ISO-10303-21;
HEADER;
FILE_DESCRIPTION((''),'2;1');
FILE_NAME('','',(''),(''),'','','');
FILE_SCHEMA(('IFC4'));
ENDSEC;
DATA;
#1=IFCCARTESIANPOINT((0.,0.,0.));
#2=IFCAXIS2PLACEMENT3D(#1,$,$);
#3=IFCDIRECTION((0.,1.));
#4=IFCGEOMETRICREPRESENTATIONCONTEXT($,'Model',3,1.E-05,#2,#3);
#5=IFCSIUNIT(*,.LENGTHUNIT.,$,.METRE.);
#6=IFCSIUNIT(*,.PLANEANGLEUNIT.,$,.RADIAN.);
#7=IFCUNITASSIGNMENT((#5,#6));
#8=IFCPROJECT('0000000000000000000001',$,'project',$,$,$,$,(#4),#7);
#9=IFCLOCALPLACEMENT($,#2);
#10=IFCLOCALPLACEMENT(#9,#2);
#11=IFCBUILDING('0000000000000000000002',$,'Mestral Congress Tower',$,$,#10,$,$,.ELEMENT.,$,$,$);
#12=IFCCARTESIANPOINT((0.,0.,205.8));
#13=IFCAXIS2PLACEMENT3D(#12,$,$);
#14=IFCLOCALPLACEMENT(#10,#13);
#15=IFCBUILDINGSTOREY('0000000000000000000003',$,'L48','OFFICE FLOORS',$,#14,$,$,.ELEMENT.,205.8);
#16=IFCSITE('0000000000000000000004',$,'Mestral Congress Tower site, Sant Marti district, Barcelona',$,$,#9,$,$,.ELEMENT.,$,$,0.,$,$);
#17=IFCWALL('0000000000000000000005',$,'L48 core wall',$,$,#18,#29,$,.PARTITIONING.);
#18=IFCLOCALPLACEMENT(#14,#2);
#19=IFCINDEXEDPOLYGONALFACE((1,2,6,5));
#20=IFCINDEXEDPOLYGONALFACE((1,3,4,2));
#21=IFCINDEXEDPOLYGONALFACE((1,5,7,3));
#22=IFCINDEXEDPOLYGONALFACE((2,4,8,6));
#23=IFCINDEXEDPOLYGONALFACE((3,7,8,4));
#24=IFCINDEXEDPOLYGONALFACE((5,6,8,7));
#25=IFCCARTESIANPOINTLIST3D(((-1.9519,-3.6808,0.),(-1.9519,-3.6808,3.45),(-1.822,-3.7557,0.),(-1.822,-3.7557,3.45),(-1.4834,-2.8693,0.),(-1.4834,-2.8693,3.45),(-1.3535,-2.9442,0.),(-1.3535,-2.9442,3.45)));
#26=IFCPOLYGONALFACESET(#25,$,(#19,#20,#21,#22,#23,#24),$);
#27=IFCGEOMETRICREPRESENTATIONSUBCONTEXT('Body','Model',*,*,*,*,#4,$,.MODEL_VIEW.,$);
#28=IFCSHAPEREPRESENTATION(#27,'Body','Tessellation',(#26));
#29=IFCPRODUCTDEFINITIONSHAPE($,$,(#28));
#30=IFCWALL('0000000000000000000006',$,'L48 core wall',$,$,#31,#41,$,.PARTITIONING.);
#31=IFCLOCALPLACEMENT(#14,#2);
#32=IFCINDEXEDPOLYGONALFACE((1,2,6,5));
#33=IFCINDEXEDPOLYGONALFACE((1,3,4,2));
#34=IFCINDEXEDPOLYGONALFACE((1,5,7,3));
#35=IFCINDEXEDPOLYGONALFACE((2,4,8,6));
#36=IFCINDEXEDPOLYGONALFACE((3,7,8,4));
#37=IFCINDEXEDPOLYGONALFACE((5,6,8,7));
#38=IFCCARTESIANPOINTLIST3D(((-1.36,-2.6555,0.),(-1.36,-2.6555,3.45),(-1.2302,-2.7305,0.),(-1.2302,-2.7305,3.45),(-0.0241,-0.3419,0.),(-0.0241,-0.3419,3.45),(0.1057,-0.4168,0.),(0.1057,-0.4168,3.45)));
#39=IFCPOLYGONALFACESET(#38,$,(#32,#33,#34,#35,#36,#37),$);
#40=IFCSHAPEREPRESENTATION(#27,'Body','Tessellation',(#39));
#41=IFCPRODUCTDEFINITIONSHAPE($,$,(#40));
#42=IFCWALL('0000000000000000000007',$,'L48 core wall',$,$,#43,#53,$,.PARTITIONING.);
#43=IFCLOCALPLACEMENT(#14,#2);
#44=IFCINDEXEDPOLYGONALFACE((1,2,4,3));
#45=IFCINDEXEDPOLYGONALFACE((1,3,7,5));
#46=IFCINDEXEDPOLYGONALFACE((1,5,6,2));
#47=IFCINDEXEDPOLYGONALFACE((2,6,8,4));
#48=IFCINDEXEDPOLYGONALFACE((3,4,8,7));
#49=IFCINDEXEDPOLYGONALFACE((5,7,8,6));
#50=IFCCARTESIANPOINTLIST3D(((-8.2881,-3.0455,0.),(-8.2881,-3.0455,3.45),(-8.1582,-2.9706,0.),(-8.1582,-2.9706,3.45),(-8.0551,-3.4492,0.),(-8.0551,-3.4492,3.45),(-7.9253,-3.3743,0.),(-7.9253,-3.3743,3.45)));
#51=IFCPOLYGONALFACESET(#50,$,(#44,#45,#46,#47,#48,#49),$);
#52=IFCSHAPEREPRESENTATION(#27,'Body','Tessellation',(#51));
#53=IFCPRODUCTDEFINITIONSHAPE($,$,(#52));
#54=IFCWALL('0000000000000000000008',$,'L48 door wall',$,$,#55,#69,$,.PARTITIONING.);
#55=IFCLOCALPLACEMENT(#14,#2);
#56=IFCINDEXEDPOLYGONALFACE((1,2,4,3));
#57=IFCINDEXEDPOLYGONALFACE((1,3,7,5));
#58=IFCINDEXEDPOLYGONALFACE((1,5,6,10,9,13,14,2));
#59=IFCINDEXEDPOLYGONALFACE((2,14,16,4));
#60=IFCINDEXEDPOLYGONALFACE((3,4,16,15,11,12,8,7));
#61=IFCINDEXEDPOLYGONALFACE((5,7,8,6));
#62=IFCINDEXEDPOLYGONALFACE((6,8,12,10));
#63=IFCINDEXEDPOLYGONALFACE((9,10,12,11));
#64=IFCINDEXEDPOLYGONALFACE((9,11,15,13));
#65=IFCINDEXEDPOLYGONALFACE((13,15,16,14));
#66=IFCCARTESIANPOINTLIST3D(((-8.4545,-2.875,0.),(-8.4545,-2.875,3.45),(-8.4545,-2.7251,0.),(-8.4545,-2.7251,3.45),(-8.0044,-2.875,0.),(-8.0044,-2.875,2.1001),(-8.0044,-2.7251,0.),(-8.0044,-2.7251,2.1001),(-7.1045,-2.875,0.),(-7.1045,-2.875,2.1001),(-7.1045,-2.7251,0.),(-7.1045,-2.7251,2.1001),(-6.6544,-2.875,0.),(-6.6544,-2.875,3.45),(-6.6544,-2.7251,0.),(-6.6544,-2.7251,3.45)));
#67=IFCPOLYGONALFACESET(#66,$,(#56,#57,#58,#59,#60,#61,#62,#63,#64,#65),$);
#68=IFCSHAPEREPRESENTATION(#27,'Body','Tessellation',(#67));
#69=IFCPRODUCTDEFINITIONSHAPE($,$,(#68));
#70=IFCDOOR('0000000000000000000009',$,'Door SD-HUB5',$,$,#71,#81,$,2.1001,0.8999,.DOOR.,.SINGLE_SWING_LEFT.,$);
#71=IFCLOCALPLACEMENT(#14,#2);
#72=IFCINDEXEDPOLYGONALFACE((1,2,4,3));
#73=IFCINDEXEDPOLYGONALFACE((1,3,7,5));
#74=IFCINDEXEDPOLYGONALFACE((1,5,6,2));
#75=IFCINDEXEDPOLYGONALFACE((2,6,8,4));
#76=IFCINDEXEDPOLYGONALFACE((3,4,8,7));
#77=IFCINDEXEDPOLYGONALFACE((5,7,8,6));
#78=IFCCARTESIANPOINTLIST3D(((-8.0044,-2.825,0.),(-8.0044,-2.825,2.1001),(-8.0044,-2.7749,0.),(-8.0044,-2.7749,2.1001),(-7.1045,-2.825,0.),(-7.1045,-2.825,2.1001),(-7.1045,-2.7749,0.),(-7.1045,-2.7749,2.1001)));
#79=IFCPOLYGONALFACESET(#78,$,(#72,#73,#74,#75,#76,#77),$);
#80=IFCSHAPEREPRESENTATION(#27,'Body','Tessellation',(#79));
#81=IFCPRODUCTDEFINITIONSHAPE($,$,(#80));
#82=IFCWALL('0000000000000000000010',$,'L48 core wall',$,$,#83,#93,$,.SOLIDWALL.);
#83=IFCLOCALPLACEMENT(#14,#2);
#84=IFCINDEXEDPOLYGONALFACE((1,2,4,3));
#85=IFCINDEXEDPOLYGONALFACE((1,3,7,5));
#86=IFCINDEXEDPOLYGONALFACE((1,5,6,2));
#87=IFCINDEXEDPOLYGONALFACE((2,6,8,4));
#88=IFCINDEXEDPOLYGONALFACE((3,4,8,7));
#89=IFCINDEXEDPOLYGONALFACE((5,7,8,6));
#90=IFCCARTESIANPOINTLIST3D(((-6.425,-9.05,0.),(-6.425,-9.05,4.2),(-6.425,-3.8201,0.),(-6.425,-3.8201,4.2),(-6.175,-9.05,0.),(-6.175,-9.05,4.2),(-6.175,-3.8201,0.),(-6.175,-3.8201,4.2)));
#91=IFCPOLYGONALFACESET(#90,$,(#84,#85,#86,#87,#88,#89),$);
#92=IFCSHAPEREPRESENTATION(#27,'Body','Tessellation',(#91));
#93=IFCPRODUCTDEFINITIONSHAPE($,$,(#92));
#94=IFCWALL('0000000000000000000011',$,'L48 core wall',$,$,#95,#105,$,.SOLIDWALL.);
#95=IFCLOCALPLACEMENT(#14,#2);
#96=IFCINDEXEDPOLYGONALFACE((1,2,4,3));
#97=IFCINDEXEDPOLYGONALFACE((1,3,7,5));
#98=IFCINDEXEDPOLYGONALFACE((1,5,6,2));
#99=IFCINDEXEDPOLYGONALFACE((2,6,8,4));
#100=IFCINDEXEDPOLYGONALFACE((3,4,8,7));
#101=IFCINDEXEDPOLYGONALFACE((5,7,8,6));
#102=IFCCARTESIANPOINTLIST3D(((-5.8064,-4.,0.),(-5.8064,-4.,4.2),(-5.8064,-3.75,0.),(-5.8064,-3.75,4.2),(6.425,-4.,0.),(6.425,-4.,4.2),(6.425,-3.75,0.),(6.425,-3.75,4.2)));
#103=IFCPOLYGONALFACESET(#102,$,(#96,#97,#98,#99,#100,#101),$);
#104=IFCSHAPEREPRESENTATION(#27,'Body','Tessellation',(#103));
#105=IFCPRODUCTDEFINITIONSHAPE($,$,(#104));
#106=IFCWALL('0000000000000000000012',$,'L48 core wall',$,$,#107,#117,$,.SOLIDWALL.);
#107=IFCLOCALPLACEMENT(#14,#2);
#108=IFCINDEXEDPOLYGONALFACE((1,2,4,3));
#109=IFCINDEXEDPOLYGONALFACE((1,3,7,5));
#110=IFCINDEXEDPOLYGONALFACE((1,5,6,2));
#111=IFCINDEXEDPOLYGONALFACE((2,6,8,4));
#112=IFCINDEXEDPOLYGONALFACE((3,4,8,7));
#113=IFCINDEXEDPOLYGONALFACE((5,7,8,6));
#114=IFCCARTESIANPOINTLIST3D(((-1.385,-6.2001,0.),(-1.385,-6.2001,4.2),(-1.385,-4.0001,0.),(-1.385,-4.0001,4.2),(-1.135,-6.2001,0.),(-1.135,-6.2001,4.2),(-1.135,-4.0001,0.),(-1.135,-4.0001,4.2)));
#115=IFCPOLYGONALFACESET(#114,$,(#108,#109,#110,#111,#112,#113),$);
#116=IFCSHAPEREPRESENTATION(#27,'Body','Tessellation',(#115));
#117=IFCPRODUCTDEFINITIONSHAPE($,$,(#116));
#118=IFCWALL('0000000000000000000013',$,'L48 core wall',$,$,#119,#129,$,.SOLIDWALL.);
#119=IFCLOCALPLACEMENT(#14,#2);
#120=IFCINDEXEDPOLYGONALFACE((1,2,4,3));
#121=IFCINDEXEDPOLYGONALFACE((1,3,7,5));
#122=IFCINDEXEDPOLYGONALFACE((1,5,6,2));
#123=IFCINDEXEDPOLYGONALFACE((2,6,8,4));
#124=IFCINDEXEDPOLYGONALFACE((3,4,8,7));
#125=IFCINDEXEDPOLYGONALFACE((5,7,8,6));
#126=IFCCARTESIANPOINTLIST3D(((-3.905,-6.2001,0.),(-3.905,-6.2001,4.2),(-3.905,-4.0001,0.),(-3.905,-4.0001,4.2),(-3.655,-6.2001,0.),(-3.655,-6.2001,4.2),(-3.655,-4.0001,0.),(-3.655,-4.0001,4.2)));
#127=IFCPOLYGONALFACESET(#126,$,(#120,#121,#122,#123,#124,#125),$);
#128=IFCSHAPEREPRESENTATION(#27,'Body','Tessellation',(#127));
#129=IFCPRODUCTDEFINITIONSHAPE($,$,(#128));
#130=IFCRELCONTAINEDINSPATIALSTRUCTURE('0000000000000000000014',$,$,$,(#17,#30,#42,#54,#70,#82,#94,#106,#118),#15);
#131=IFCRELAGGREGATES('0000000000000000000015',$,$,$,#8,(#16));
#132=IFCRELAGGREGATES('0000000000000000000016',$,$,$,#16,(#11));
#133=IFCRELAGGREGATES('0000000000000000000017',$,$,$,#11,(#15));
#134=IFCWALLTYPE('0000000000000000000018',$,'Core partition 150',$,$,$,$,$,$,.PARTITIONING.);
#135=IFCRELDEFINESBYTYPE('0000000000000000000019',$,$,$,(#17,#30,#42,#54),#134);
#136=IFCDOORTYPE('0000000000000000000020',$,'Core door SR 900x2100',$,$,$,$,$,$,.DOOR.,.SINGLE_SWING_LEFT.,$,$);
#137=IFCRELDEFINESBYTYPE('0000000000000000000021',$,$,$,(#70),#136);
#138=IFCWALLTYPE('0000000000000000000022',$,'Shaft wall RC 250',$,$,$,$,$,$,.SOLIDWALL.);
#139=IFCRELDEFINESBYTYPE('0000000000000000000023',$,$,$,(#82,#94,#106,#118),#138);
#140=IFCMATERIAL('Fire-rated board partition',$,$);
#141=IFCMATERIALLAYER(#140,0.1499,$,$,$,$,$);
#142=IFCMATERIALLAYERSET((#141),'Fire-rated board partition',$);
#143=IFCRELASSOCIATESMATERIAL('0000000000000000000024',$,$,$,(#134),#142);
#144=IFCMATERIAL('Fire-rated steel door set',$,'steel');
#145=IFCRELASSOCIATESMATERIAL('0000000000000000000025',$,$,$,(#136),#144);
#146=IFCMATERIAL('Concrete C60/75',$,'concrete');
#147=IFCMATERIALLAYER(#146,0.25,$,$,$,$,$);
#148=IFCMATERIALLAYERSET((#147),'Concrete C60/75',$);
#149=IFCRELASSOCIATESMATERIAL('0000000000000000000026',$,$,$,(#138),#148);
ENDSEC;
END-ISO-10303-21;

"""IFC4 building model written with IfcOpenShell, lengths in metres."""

from ifc_helpers import new_model, si_unit, direction, frame, frame_2d, origin, place, context, subcontext, project, spatial, rectangle, extrude, material, layer, layer_set, type_object, element, fill, save


model = new_model("IFC4")

# Units and contexts
model_context = context("Model", 3, precision=1e-05, world=origin(), true_north=direction((0.0, 1.0)))
body_context = subcontext(model_context, "Body", "Model", "MODEL_VIEW")
ifc_project = project(units=[si_unit("LENGTHUNIT", "METRE"), si_unit("PLANEANGLEUNIT", "RADIAN")], contexts=[model_context])

# Site, building, storey
site_placement = place(None, origin())
site = spatial("IfcSite", under=ifc_project, at=site_placement, Name="Mestral Congress Tower site, Sant Marti district, Barcelona", CompositionType="ELEMENT", RefElevation=0.0)
building_placement = place(site_placement, origin())
building = spatial("IfcBuilding", under=site, at=building_placement, Name="Mestral Congress Tower", CompositionType="ELEMENT")
storey_placement = place(building_placement, frame((0.0, 0.0, 205.8)))
storey = spatial("IfcBuildingStorey", under=building, at=storey_placement, Name="L48", Description="OFFICE FLOORS", CompositionType="ELEMENT", Elevation=205.8)

# Walls
ifc_material_1 = material(Name="Fire-rated board partition")
ifc_layer_1 = layer(ifc_material_1, 0.1499)
ifc_layer_set_1 = layer_set([ifc_layer_1], Name="Fire-rated board partition")
wall_type_1 = type_object("IfcWallType", Name="Core partition 150", PredefinedType="PARTITIONING", material=ifc_layer_set_1)
wall_1_placement = place(storey_placement, frame((-1.4185, -2.9067, 0.0), z_axis=(0.0, 0.0, 1.0), x_axis=(-0.499978, -0.866038, 0.0)))
element("IfcWall", 1, at=wall_1_placement, inside=storey, type_object=wall_type_1, Name="L48 core wall", PredefinedType="PARTITIONING", context=body_context, shape_type="SweptSolid", body=[
    extrude(rectangle(XDim=0.937, YDim=0.1499, at=frame_2d((0.4685, 0.0))), origin(), (0.0, 0.0, 1.0), 3.45),
])
wall_2_placement = place(storey_placement, frame((-1.2952, -2.6931, 0.0), z_axis=(0.0, 0.0, 1.0), x_axis=(0.500031, 0.866008, 0.0)))
element("IfcWall", 2, at=wall_2_placement, inside=storey, type_object=wall_type_1, Name="L48 core wall", PredefinedType="PARTITIONING", context=body_context, shape_type="SweptSolid", body=[
    extrude(rectangle(XDim=2.6716, YDim=0.1499, at=frame_2d((1.3359, 0.0))), origin(), (0.0, 0.0, 1.0), 3.45),
])
wall_3_placement = place(storey_placement, frame((-7.9902, -3.4116, 0.0), z_axis=(0.0, 0.0, 1.0), x_axis=(-0.499859, 0.866107, 0.0)))
element("IfcWall", 3, at=wall_3_placement, inside=storey, type_object=wall_type_1, Name="L48 core wall", PredefinedType="PARTITIONING", context=body_context, shape_type="SweptSolid", body=[
    extrude(rectangle(XDim=0.4661, YDim=0.1499, at=frame_2d((0.2329, 0.0))), origin(), (0.0, 0.0, 1.0), 3.45),
])

# Wall, opening, door
wall_4_placement = place(storey_placement, frame((-6.6545, -2.8, 0.0), z_axis=(0.0, 0.0, 1.0), x_axis=(-1.0, 0.0, 0.0)))
wall_4 = element("IfcWall", 4, at=wall_4_placement, inside=storey, type_object=wall_type_1, Name="L48 door wall", PredefinedType="PARTITIONING", context=body_context, shape_type="SweptSolid", body=[
    extrude(rectangle(XDim=1.8, YDim=0.1499, at=frame_2d((0.8999, 0.0))), origin(), (0.0, 0.0, 1.0), 3.45),
])
opening_1_placement = place(wall_4_placement, frame((0.45, 0.0, 0.0)))
opening_1 = element("IfcOpeningElement", 5, at=opening_1_placement, cuts=wall_4, PredefinedType="OPENING", context=body_context, shape_type="SweptSolid", body=[
    extrude(rectangle(XDim=0.8999, YDim=2.1001, at=frame_2d((0.45, 1.05))), frame((0.0, 0.085, 0.0), z_axis=(0.0, -1.0, 0.0), x_axis=(1.0, 0.0, 0.0)), (0.0, 0.0, 1.0), 0.1699),
])
ifc_material_2 = material(Name="Fire-rated steel door set", Category="steel")
door_type_1 = type_object("IfcDoorType", Name="Core door SR 900x2100", OperationType="SINGLE_SWING_LEFT", PredefinedType="DOOR", material=ifc_material_2)
door_1_placement = place(opening_1_placement, origin())
door_1 = element("IfcDoor", 6, at=door_1_placement, inside=storey, type_object=door_type_1, Name="Door SD-HUB5", OperationType="SINGLE_SWING_LEFT", OverallHeight=2.1001, OverallWidth=0.8999, PredefinedType="DOOR", context=body_context, shape_type="SweptSolid", body=[
    extrude(rectangle(XDim=0.8999, YDim=2.1001, at=frame_2d((0.45, 1.05))), frame((0.0, 0.0249, 0.0), z_axis=(0.0, -1.0, 0.0), x_axis=(1.0, 0.0, 0.0)), (0.0, 0.0, 1.0), 0.05),
])
fill(opening_1, door_1)

# Walls
ifc_material_3 = material(Name="Concrete C60/75", Category="concrete")
ifc_layer_2 = layer(ifc_material_3, 0.25)
ifc_layer_set_2 = layer_set([ifc_layer_2], Name="Concrete C60/75")
wall_type_2 = type_object("IfcWallType", Name="Shaft wall RC 250", PredefinedType="SOLIDWALL", material=ifc_layer_set_2)
wall_5_placement = place(storey_placement, frame((-6.3, -9.05, 0.0), z_axis=(0.0, 0.0, 1.0), x_axis=(0.0, 1.0, 0.0)))
element("IfcWall", 7, at=wall_5_placement, inside=storey, type_object=wall_type_2, Name="L48 core wall", PredefinedType="SOLIDWALL", context=body_context, shape_type="SweptSolid", body=[
    extrude(rectangle(XDim=5.23, YDim=0.25, at=frame_2d((2.615, 0.0))), origin(), (0.0, 0.0, 1.0), 4.2),
])
wall_6_placement = place(storey_placement, frame((-5.8064, -3.875, 0.0), z_axis=(0.0, 0.0, 1.0), x_axis=(1.0, 0.0, 0.0)))
element("IfcWall", 8, at=wall_6_placement, inside=storey, type_object=wall_type_2, Name="L48 core wall", PredefinedType="SOLIDWALL", context=body_context, shape_type="SweptSolid", body=[
    extrude(rectangle(XDim=12.2314, YDim=0.25, at=frame_2d((6.1157, 0.0))), origin(), (0.0, 0.0, 1.0), 4.2),
])
for number, where, z_axis, x_axis, name in (
    (9, (-1.26, -4.0, 0.0), (0.0, 0.0, 1.0), (0.0, -1.0, 0.0), "L48 core wall"),
    (10, (-3.78, -4.0, 0.0), (0.0, 0.0, 1.0), (0.0, -1.0, 0.0), "L48 core wall"),
):
    element("IfcWall", number, at=place(storey_placement, frame(where, z_axis=z_axis, x_axis=x_axis)), inside=storey, type_object=wall_type_2, Name=name, PredefinedType="SOLIDWALL", context=body_context, shape_type="SweptSolid", body=[
        extrude(rectangle(XDim=2.2, YDim=0.25, at=frame_2d((1.1001, 0.0))), origin(), (0.0, 0.0, 1.0), 4.2),
    ])

save(model, "model.ifc")
